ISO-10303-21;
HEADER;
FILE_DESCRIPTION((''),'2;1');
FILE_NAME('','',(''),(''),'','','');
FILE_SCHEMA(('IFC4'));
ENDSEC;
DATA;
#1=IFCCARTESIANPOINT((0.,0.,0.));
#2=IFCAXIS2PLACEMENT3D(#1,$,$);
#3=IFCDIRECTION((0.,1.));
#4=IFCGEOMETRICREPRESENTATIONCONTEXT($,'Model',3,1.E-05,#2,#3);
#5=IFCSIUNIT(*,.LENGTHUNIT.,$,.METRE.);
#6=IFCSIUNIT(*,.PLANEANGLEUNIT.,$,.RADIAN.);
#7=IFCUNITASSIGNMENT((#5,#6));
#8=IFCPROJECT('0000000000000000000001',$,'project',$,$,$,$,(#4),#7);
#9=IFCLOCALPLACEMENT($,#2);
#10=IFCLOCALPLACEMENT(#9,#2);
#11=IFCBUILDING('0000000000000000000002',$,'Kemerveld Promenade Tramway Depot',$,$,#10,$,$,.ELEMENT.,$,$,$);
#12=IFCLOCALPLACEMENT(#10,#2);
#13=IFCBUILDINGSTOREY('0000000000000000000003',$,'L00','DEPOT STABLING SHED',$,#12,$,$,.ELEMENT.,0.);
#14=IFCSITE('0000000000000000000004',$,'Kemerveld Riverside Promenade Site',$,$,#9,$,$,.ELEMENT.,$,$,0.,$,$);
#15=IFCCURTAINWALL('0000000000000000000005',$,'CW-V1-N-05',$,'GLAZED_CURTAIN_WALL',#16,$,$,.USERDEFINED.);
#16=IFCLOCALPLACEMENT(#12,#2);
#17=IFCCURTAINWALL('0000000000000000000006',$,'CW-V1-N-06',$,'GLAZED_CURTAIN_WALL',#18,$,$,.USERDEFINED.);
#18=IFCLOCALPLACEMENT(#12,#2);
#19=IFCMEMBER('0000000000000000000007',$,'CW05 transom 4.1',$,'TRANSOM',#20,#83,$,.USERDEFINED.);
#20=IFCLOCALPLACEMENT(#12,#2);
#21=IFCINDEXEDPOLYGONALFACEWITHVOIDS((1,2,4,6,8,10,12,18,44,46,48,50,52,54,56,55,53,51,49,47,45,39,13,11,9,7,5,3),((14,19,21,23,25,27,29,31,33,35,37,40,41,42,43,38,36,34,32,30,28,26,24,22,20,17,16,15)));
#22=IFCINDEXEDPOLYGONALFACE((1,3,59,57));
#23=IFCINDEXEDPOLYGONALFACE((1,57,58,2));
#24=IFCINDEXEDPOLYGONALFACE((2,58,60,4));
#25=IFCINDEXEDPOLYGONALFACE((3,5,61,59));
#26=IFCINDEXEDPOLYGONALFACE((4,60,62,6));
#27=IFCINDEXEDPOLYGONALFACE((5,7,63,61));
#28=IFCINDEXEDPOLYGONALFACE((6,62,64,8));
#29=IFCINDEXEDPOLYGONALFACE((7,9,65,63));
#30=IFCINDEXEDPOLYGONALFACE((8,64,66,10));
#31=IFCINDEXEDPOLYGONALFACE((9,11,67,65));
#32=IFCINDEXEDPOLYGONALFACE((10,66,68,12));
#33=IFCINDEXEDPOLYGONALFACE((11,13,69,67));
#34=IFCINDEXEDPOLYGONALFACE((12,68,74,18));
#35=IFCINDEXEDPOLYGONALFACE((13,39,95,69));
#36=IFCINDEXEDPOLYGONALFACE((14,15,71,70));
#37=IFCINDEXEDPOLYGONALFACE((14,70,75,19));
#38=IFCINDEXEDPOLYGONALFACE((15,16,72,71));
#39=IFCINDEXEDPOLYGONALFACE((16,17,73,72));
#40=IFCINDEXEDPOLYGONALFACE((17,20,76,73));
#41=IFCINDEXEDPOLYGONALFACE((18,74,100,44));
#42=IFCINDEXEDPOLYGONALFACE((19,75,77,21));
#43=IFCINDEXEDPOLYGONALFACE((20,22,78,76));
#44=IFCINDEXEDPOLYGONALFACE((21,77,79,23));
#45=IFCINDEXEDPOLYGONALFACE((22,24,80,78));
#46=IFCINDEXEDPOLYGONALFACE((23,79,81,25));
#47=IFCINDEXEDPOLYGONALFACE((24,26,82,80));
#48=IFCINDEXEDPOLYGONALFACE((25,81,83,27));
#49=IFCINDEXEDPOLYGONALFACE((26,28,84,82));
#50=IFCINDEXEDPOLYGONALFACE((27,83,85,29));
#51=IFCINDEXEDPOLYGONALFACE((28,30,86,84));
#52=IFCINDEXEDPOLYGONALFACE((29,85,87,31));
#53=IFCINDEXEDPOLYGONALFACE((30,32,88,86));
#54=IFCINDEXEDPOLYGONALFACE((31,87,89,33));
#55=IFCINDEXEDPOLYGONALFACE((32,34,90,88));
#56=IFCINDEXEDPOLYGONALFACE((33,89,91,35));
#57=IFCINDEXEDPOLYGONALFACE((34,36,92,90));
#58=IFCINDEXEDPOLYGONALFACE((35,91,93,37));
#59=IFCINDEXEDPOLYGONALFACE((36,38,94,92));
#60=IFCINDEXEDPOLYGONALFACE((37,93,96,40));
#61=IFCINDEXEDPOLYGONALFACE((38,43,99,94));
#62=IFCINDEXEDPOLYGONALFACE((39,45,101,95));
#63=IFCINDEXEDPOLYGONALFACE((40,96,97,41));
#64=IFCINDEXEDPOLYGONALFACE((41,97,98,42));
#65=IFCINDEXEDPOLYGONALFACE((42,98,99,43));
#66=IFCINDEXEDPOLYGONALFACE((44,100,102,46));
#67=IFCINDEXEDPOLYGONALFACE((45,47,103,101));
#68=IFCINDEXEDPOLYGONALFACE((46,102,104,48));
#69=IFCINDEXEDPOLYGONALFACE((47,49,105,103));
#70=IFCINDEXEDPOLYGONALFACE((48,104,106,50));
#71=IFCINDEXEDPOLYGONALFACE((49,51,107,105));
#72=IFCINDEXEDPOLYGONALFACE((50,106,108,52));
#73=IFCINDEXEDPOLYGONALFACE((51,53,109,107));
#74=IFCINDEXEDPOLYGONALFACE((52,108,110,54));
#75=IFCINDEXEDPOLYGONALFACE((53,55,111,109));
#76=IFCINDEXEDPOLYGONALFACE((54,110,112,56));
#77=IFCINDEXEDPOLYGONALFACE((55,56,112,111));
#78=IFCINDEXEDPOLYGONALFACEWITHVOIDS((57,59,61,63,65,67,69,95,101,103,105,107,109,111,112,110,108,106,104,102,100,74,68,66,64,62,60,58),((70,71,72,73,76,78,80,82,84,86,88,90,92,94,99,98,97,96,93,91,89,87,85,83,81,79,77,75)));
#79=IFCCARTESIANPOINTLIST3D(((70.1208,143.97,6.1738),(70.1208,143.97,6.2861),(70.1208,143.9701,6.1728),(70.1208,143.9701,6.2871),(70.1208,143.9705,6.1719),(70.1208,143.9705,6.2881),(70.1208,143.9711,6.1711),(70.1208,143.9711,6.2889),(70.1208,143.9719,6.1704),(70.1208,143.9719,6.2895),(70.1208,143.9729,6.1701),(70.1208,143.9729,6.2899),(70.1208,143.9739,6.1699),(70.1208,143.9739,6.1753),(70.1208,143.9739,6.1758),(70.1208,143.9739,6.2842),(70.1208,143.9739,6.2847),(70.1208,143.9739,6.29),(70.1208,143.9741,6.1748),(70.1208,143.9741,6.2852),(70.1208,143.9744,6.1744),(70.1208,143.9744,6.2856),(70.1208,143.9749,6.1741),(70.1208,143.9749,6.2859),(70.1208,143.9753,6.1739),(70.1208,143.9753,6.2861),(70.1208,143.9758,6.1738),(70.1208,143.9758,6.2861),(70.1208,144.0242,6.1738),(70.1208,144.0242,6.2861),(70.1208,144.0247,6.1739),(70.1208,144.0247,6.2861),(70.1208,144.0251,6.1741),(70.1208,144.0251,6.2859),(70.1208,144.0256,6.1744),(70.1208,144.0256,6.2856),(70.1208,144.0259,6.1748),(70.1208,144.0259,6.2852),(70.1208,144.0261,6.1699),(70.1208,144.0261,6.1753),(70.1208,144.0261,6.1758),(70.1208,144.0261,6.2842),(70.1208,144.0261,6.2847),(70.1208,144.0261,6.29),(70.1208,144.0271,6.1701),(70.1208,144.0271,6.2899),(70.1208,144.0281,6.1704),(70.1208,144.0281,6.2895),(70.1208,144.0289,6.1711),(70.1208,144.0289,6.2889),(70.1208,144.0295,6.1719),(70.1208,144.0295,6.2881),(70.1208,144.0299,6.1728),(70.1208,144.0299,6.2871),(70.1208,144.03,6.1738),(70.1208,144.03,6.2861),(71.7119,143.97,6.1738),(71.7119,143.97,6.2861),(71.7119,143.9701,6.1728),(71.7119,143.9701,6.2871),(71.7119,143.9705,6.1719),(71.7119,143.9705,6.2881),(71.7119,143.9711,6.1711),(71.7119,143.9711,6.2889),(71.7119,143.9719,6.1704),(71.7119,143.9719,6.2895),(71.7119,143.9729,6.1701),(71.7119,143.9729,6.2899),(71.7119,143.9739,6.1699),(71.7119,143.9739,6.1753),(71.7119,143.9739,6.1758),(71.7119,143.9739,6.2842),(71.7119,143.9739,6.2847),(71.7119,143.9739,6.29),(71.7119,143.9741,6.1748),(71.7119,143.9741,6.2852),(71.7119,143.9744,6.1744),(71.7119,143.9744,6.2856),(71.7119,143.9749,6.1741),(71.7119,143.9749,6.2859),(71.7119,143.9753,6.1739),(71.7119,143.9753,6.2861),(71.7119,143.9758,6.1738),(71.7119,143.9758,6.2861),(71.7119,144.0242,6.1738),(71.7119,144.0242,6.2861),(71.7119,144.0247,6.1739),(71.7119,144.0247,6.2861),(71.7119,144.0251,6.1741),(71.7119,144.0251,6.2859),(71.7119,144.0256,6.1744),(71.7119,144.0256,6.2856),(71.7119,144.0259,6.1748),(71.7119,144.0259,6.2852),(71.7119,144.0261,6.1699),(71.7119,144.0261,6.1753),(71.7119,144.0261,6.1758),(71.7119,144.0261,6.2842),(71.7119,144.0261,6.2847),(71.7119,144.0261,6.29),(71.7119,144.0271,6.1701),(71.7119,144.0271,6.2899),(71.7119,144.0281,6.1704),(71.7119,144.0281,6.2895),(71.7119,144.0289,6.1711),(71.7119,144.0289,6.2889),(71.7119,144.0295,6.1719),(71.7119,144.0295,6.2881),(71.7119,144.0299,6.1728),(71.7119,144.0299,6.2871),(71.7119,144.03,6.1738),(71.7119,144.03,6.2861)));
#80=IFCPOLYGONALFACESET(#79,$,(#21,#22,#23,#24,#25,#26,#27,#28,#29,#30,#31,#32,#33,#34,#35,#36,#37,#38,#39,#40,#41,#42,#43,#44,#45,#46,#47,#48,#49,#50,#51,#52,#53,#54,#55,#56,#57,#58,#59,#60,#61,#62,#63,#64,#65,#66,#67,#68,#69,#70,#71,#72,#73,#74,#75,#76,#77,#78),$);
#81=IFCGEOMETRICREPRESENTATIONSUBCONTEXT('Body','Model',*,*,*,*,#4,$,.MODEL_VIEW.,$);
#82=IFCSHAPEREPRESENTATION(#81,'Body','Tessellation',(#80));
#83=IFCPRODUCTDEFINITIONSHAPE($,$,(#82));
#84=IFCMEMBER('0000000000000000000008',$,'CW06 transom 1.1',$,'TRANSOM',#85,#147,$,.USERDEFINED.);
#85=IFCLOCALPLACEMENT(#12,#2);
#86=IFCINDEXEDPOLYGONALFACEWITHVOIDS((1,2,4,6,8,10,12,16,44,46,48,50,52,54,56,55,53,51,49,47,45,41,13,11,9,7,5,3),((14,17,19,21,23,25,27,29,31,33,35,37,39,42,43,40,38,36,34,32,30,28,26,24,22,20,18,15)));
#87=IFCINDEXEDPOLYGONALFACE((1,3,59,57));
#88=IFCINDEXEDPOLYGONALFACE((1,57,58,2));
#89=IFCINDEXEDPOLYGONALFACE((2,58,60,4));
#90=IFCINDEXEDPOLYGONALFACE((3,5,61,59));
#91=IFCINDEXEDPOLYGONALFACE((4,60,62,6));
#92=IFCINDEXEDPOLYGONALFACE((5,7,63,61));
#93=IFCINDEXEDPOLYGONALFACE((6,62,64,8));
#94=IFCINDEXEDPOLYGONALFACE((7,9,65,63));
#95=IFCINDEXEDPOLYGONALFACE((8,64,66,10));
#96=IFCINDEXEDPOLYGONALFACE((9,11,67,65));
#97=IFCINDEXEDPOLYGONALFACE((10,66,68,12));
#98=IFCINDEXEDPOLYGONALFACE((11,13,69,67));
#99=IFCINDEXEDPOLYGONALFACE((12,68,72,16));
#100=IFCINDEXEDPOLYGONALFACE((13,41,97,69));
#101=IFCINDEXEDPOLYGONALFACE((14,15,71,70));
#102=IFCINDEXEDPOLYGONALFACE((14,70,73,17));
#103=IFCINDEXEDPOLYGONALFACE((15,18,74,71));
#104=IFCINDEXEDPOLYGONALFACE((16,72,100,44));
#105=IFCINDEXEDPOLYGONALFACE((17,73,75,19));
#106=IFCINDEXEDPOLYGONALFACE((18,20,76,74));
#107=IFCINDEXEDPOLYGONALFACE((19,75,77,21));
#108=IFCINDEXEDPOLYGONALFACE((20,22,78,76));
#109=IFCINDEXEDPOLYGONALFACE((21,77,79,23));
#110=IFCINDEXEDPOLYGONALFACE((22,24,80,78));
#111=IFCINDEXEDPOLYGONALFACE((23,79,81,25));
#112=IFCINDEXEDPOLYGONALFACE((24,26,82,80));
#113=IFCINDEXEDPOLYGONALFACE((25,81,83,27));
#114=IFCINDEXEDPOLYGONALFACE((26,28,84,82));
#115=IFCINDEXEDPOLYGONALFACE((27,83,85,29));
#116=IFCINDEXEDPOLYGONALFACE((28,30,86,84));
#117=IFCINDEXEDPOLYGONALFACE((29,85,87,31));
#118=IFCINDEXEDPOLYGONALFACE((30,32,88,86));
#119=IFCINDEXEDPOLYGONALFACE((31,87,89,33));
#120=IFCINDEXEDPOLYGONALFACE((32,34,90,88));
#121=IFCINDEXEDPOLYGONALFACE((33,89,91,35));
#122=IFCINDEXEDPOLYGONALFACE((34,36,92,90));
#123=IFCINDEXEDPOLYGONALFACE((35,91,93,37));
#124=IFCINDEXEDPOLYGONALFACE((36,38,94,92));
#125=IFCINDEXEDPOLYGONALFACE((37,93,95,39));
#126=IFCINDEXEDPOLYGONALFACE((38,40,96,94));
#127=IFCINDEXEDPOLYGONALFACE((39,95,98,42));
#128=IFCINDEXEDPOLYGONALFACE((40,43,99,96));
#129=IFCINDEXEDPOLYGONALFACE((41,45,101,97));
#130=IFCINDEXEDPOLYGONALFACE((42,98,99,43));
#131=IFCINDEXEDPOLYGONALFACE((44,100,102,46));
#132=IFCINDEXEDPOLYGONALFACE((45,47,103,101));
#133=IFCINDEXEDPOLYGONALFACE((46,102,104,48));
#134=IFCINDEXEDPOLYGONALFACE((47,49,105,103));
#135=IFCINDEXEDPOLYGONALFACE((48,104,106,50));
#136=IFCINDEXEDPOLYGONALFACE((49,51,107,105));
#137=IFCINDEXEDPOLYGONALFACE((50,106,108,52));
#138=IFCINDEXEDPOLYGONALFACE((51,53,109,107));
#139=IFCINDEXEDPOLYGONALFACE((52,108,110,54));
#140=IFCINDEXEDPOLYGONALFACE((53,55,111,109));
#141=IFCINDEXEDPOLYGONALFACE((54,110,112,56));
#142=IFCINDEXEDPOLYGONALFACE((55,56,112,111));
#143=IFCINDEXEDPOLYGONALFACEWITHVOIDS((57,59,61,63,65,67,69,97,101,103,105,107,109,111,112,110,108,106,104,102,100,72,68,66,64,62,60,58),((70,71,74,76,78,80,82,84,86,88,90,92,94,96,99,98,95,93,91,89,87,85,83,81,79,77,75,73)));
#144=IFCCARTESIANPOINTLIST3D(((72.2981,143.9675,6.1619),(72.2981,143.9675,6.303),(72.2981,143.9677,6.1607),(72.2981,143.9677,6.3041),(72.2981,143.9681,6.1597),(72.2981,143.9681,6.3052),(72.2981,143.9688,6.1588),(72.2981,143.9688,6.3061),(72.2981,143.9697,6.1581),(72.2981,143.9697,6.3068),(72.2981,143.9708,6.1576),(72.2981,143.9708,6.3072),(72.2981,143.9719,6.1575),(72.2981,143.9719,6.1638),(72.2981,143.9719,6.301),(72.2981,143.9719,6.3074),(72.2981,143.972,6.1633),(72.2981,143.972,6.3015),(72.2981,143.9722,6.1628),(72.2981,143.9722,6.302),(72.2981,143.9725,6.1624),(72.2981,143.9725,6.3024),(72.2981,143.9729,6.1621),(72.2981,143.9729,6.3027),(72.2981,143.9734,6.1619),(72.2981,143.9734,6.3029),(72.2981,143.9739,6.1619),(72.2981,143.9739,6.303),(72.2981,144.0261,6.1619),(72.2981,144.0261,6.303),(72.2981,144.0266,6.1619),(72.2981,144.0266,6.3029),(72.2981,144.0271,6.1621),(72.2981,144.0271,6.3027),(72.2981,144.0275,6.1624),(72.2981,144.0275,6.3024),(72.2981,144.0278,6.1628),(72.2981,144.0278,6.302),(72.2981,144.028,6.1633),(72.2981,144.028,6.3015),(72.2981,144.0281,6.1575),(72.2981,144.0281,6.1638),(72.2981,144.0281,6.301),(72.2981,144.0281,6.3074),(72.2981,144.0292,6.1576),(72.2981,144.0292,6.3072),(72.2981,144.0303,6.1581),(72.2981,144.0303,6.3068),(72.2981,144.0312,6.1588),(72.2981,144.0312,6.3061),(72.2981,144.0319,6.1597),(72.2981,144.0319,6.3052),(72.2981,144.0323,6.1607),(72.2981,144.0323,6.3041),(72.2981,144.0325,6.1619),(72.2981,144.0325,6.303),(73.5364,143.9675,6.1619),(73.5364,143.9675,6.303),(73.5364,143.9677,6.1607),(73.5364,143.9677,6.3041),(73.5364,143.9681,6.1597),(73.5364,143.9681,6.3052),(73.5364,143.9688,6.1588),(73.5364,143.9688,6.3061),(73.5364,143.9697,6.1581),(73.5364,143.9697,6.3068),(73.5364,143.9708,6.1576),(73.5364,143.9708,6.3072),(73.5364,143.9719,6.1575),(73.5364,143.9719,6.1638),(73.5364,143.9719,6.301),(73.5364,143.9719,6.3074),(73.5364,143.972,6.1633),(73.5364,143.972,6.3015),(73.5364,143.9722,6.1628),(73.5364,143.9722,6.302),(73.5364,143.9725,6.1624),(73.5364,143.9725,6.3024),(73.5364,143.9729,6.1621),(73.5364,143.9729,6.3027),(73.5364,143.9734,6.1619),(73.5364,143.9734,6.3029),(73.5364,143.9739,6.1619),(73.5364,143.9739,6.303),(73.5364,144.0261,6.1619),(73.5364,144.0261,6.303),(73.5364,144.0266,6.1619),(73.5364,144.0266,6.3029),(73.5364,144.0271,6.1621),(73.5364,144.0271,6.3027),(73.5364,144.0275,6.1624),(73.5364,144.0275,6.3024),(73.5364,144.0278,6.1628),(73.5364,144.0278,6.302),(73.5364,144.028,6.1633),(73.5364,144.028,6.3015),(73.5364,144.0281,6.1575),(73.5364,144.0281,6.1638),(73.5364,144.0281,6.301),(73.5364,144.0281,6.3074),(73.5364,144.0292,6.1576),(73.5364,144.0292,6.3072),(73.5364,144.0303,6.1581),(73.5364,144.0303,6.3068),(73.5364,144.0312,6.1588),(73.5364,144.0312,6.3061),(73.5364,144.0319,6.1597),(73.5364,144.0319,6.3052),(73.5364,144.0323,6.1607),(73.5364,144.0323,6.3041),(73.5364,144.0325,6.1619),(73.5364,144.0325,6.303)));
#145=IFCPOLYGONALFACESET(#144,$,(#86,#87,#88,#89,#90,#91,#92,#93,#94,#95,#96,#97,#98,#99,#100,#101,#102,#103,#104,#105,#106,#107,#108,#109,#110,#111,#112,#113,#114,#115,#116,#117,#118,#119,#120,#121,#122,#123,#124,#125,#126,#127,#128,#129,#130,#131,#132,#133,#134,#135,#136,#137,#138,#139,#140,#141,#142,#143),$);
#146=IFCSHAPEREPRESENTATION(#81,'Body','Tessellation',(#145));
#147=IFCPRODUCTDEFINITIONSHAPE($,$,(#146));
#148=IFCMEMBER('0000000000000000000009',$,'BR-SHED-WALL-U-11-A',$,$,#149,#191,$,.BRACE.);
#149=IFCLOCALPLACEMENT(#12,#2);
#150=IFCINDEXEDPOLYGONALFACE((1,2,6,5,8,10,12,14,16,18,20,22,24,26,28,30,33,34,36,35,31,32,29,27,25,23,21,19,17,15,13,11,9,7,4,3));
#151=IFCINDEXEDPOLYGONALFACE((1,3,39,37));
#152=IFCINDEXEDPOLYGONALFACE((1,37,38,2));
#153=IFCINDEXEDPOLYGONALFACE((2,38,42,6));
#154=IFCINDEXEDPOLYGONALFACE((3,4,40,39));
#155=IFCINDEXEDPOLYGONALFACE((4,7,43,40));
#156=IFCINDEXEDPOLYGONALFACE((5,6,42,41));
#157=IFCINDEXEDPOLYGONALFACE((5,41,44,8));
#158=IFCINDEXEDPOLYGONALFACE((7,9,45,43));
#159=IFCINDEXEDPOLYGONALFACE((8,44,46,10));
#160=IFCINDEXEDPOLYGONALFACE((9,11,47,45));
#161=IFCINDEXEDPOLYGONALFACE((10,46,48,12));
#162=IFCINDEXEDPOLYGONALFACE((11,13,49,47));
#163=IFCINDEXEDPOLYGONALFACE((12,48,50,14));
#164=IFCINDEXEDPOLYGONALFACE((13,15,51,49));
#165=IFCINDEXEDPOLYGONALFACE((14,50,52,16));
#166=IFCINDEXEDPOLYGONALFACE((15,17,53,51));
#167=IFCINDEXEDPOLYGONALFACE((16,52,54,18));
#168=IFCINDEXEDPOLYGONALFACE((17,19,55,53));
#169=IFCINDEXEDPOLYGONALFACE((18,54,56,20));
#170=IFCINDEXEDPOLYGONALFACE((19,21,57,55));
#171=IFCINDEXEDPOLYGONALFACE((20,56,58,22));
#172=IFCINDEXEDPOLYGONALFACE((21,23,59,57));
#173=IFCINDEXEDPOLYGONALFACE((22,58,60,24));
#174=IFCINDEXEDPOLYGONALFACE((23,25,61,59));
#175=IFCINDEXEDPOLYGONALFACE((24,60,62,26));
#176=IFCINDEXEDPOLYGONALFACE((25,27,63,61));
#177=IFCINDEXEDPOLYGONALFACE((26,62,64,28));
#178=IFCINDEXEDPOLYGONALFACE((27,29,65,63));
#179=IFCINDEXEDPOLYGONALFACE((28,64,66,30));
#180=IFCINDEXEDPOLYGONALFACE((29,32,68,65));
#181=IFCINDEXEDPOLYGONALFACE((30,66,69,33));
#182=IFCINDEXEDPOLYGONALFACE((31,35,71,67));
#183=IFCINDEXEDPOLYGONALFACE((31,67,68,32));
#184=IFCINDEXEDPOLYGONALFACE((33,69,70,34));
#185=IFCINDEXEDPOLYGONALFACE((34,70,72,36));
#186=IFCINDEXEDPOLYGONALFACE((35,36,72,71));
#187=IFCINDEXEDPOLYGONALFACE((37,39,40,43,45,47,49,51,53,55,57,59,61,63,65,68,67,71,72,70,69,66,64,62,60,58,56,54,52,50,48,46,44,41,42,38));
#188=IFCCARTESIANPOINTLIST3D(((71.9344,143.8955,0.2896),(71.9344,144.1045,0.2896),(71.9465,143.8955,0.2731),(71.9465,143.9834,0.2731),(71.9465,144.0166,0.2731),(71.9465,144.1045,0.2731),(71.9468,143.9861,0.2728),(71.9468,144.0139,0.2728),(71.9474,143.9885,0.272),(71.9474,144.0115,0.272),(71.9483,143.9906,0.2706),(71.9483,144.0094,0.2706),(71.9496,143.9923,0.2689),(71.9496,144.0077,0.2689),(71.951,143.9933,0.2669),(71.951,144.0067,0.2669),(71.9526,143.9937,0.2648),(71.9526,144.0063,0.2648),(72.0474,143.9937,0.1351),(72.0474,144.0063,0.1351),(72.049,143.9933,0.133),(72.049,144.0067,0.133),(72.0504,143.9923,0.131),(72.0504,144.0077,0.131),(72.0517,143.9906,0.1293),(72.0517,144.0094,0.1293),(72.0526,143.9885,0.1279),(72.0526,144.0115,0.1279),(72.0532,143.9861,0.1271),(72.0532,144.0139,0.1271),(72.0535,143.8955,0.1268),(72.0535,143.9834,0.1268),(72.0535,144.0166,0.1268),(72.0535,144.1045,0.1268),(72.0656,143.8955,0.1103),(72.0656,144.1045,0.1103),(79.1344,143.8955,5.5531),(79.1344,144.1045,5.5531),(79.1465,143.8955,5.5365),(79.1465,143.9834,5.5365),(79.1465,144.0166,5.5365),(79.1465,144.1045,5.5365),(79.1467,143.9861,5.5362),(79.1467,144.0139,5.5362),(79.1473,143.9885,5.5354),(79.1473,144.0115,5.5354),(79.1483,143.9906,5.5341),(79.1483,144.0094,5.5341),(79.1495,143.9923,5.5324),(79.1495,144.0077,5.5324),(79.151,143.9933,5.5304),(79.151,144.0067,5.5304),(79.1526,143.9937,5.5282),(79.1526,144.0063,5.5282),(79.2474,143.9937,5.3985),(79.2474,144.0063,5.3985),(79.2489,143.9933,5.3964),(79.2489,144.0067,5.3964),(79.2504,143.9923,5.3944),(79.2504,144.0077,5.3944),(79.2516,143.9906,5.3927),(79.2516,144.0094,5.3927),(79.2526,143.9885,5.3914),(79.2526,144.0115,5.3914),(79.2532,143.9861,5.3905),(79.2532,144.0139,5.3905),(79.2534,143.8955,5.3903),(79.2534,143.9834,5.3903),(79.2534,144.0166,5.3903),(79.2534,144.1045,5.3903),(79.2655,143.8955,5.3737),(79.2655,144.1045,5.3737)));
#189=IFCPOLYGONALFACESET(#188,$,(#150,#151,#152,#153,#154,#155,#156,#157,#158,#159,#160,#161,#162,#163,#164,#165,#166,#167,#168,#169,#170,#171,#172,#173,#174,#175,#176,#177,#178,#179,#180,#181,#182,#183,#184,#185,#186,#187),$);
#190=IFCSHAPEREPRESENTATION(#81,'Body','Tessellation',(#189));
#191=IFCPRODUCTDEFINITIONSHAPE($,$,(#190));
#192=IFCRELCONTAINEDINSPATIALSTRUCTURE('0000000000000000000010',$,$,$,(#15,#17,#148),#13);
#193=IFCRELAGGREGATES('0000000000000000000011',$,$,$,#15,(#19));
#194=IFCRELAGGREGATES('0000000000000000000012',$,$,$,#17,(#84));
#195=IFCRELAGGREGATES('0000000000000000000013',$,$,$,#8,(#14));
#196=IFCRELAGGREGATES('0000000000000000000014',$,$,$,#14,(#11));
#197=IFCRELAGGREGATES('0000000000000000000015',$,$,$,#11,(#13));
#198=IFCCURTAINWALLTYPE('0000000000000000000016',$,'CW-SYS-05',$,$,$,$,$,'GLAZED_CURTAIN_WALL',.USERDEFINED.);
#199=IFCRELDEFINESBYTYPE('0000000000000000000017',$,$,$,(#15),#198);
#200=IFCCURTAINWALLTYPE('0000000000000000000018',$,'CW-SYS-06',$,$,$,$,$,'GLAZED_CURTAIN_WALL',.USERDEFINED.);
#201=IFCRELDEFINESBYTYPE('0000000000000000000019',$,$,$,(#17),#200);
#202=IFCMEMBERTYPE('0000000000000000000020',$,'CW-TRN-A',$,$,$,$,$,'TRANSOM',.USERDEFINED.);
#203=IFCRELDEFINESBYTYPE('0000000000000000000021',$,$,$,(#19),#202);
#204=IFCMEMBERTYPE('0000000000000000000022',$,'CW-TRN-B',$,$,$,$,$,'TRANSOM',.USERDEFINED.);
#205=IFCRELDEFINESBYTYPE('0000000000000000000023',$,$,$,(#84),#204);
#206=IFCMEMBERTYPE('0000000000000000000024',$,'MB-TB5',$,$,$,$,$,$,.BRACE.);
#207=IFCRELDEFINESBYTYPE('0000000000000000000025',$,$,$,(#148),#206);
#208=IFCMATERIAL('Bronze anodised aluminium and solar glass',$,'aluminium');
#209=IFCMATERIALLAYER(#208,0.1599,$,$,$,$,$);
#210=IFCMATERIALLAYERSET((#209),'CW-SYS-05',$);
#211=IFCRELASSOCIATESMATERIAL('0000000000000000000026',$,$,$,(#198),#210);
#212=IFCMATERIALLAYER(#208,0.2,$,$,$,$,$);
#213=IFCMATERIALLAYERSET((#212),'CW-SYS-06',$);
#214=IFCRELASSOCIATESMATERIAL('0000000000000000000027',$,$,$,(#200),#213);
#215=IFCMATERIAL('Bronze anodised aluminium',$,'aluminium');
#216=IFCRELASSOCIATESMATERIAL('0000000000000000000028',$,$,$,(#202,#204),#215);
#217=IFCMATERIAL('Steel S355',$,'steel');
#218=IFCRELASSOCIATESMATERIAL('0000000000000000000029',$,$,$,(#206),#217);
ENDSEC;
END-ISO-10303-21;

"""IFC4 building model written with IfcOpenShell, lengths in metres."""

from ifc_helpers import new_model, si_unit, direction, frame, origin, origin_2d, place, context, subcontext, project, spatial, hollow_rectangle, i_section, extrude, material, layer, layer_set, material_profile, profile_set, type_object, element, aggregate, save


model = new_model("IFC4")

# Units and contexts
model_context = context("Model", 3, precision=1e-05, world=origin(), true_north=direction((0.0, 1.0)))
body_context = subcontext(model_context, "Body", "Model", "MODEL_VIEW")
ifc_project = project(units=[si_unit("LENGTHUNIT", "METRE"), si_unit("PLANEANGLEUNIT", "RADIAN")], contexts=[model_context])

# Site, building, storey
site_placement = place(None, origin())
site = spatial("IfcSite", under=ifc_project, at=site_placement, Name="Kemerveld Riverside Promenade Site", CompositionType="ELEMENT", RefElevation=0.0)
building_placement = place(site_placement, origin())
building = spatial("IfcBuilding", under=site, at=building_placement, Name="Kemerveld Promenade Tramway Depot", CompositionType="ELEMENT")
storey_placement = place(building_placement, origin())
storey = spatial("IfcBuildingStorey", under=building, at=storey_placement, Name="L00", Description="DEPOT STABLING SHED", CompositionType="ELEMENT", Elevation=0.0)

# Shared definitions
ifc_material_1 = material(Name="Steel S355", Category="steel")

# Curtain wall
ifc_material_2 = material(Name="Bronze anodised aluminium and solar glass", Category="aluminium")
ifc_layer_1 = layer(ifc_material_2, 0.1599)
ifc_layer_set_1 = layer_set([ifc_layer_1], Name="CW-SYS-05")
curtain_wall_type_1 = type_object("IfcCurtainWallType", Name="CW-SYS-05", ElementType="GLAZED_CURTAIN_WALL", PredefinedType="USERDEFINED", material=ifc_layer_set_1)
curtain_wall_1_placement = place(storey_placement, origin())
curtain_wall_1 = element("IfcCurtainWall", 1, at=curtain_wall_1_placement, inside=storey, type_object=curtain_wall_type_1, Name="CW-V1-N-05", ObjectType="GLAZED_CURTAIN_WALL", PredefinedType="USERDEFINED")
ifc_material_3 = material(Name="Bronze anodised aluminium", Category="aluminium")

# Curtain wall
ifc_layer_2 = layer(ifc_material_2, 0.2)
ifc_layer_set_2 = layer_set([ifc_layer_2], Name="CW-SYS-06")
curtain_wall_type_2 = type_object("IfcCurtainWallType", Name="CW-SYS-06", ElementType="GLAZED_CURTAIN_WALL", PredefinedType="USERDEFINED", material=ifc_layer_set_2)
curtain_wall_2_placement = place(storey_placement, origin())
curtain_wall_2 = element("IfcCurtainWall", 2, at=curtain_wall_2_placement, inside=storey, type_object=curtain_wall_type_2, Name="CW-V1-N-06", ObjectType="GLAZED_CURTAIN_WALL", PredefinedType="USERDEFINED")

# Members
ifc_material_profile_1 = material_profile(ifc_material_3, hollow_rectangle(XDim=0.0601, YDim=0.1201, WallThickness=0.0039, InnerFilletRadius=0.002, OuterFilletRadius=0.0039, at=origin_2d()), Name="CW-TRN-120x60")
ifc_profile_set_1 = profile_set([ifc_material_profile_1], Name="Bronze anodised aluminium")
member_type_1 = type_object("IfcMemberType", Name="CW-TRN-A", ElementType="TRANSOM", PredefinedType="USERDEFINED", material=ifc_profile_set_1)
member_1_placement = place(storey_placement, frame((70.1208, 144.0, 6.23), z_axis=(1.0, 0.0, 0.0), x_axis=(0.0, 1.0, 0.0)))
member_1 = element("IfcMember", 3, at=member_1_placement, type_object=member_type_1, Name="CW05 transom 4.1", ObjectType="TRANSOM", PredefinedType="USERDEFINED", context=body_context, shape_type="SweptSolid", body=[
    extrude(hollow_rectangle(XDim=0.0601, YDim=0.1201, WallThickness=0.0039, InnerFilletRadius=0.002, OuterFilletRadius=0.0039, at=origin_2d()), origin(), (0.0, 0.0, 1.0), 1.5911),
])
ifc_material_profile_2 = material_profile(ifc_material_3, hollow_rectangle(XDim=0.0649, YDim=0.1499, WallThickness=0.0044, InnerFilletRadius=0.002, OuterFilletRadius=0.0044, at=origin_2d()), Name="CW-TRN-150x65")
ifc_profile_set_2 = profile_set([ifc_material_profile_2], Name="Bronze anodised aluminium")
member_type_2 = type_object("IfcMemberType", Name="CW-TRN-B", ElementType="TRANSOM", PredefinedType="USERDEFINED", material=ifc_profile_set_2)
member_2_placement = place(storey_placement, frame((72.2981, 144.0, 6.2324), z_axis=(1.0, 0.0, 0.0), x_axis=(0.0, 1.0, 0.0)))
member_2 = element("IfcMember", 4, at=member_2_placement, type_object=member_type_2, Name="CW06 transom 1.1", ObjectType="TRANSOM", PredefinedType="USERDEFINED", context=body_context, shape_type="SweptSolid", body=[
    extrude(hollow_rectangle(XDim=0.0649, YDim=0.1499, WallThickness=0.0044, InnerFilletRadius=0.002, OuterFilletRadius=0.0044, at=origin_2d()), origin(), (0.0, 0.0, 1.0), 1.2383),
])
ifc_material_profile_3 = material_profile(ifc_material_1, i_section(OverallWidth=0.209, OverallDepth=0.2222, WebThickness=0.0127, FlangeThickness=0.0205, FilletRadius=0.0103, at=origin_2d()), Name="203x203x86 UC")
ifc_profile_set_3 = profile_set([ifc_material_profile_3], Name="Steel S355")
member_type_3 = type_object("IfcMemberType", Name="MB-TB5", PredefinedType="BRACE", material=ifc_profile_set_3)
member_3_placement = place(storey_placement, frame((72.0, 144.0, 0.2), z_axis=(0.807288, 0.0, 0.590157), x_axis=(0.0, 1.0, 0.0)))
element("IfcMember", 5, at=member_3_placement, inside=storey, type_object=member_type_3, Name="BR-SHED-WALL-U-11-A", PredefinedType="BRACE", context=body_context, shape_type="SweptSolid", body=[
    extrude(i_section(OverallWidth=0.209, OverallDepth=0.2222, WebThickness=0.0127, FlangeThickness=0.0205, FilletRadius=0.0103, at=origin_2d()), origin(), (0.0, 0.0, 1.0), 8.9187),
])

aggregate(curtain_wall_1, [member_1])
aggregate(curtain_wall_2, [member_2])

save(model, "model.ifc")
